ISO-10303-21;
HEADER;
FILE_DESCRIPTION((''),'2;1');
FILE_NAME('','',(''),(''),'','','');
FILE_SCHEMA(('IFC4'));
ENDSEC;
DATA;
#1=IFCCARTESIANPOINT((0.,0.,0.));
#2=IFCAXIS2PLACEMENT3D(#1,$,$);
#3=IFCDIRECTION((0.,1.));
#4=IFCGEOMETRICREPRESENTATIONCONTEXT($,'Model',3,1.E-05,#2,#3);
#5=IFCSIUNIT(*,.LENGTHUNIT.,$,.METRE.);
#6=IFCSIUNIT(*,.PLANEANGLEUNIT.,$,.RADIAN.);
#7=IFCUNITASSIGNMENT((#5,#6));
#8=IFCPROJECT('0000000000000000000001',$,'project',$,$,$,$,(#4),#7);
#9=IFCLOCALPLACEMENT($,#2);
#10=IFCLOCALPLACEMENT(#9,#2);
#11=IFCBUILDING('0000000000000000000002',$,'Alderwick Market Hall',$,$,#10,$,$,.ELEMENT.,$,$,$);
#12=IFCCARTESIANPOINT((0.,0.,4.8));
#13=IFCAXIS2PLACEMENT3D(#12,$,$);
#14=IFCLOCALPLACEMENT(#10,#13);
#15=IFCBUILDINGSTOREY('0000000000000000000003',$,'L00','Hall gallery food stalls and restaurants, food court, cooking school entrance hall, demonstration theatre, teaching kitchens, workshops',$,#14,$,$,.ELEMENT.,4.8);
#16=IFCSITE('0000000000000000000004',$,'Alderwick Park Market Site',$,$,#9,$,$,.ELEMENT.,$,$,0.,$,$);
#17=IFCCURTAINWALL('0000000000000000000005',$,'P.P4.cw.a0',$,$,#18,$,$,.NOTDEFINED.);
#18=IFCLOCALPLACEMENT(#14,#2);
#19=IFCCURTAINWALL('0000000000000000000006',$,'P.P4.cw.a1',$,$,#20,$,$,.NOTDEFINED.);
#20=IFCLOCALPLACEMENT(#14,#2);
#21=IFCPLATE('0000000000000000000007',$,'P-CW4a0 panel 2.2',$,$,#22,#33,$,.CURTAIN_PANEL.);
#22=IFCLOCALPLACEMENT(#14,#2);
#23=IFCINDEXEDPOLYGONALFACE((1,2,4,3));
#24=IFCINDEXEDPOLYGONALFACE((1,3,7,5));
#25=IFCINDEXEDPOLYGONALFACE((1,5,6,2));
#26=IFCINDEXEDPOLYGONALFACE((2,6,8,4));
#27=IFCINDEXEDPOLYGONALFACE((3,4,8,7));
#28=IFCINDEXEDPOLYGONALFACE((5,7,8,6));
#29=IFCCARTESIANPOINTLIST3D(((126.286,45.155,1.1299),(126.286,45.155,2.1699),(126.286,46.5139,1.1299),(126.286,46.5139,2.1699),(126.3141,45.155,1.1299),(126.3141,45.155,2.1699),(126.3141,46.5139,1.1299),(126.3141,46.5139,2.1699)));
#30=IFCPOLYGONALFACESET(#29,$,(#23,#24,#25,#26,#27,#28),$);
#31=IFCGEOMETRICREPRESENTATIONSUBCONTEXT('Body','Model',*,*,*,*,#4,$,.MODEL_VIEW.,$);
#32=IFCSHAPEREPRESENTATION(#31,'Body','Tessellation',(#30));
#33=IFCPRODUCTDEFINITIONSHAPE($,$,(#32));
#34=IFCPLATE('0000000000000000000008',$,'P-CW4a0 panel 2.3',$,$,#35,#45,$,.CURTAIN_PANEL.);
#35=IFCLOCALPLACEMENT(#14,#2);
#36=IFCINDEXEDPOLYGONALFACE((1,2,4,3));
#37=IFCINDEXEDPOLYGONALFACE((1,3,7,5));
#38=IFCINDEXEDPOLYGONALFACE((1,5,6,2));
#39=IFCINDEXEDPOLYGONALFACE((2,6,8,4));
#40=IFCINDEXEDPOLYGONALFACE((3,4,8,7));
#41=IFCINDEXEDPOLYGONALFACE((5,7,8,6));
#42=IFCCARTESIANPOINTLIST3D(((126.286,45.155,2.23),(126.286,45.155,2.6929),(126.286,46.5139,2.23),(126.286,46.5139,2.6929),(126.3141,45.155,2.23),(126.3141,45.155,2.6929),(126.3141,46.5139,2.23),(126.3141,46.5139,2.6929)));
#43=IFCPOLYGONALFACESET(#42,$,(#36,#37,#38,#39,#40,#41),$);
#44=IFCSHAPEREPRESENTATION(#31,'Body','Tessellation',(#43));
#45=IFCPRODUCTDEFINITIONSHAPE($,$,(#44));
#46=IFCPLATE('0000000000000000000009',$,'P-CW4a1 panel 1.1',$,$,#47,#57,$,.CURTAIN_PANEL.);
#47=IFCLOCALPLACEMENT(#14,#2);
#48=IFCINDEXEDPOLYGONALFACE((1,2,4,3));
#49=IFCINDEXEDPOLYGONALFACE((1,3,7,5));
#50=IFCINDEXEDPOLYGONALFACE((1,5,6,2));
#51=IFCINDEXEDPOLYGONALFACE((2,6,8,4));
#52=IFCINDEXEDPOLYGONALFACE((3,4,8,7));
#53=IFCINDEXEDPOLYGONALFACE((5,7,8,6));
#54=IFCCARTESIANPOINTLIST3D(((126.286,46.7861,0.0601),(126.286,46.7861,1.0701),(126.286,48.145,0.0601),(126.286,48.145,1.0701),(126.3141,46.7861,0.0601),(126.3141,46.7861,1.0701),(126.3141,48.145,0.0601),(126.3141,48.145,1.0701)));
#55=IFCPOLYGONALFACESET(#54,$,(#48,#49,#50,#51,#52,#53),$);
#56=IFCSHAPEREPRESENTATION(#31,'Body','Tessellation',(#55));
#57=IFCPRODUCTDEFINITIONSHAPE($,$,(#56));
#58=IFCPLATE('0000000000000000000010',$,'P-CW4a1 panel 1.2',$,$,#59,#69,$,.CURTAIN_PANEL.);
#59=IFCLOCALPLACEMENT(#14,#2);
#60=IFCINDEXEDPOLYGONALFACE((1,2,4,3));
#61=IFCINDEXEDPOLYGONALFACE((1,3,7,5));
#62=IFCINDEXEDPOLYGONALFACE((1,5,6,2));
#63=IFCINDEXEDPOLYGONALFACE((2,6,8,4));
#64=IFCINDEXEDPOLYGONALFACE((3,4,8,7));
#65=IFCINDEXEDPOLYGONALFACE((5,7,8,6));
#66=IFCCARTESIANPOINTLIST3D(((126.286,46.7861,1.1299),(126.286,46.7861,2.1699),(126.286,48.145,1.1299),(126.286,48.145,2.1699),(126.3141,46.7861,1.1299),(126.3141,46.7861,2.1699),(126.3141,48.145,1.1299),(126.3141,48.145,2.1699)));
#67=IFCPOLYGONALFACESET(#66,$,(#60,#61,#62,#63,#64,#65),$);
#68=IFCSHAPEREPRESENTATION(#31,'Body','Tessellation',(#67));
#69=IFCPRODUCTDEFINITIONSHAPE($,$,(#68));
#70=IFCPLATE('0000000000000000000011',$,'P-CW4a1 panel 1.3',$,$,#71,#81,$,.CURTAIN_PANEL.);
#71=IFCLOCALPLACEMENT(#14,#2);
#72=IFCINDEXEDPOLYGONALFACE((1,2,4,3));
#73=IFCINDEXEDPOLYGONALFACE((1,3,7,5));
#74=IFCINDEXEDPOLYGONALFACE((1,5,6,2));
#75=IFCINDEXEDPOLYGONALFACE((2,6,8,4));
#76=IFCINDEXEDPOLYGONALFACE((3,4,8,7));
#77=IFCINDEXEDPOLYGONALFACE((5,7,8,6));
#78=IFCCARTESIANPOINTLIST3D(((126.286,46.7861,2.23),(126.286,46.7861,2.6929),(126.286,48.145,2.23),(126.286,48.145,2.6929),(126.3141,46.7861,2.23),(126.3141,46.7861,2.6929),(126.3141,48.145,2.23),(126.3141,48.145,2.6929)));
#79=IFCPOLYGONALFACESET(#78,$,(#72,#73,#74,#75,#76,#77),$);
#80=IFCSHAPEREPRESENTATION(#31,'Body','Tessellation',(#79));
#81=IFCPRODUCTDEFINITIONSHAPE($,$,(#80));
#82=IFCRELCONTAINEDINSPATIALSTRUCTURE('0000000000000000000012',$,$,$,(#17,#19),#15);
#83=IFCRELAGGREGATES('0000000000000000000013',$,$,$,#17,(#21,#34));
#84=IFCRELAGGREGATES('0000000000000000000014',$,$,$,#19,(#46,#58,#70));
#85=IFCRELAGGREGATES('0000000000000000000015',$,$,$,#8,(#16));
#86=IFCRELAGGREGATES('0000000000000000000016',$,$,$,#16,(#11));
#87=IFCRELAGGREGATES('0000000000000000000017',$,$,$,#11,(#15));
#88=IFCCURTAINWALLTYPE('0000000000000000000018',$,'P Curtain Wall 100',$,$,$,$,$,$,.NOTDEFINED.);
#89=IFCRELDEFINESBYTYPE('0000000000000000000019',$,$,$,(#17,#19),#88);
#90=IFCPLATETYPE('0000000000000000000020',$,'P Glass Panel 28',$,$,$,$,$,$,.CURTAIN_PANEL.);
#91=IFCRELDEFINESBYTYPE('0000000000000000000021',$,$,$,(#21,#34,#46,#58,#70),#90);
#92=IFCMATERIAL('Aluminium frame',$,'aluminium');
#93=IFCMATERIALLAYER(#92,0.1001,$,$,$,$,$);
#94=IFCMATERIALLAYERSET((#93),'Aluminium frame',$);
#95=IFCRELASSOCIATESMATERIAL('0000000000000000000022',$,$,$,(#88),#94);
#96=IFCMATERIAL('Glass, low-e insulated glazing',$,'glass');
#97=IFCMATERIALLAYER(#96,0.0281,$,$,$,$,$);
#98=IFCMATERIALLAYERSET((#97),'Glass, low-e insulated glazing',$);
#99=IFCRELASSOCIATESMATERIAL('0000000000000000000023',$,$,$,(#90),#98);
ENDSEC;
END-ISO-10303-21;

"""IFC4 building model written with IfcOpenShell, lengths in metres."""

from ifc_helpers import new_model, si_unit, direction, frame, origin, origin_2d, place, context, subcontext, project, spatial, rectangle, extrude, material, layer, layer_set, type_object, element, aggregate, save


model = new_model("IFC4")

# Units and contexts
model_context = context("Model", 3, precision=1e-05, world=origin(), true_north=direction((0.0, 1.0)))
body_context = subcontext(model_context, "Body", "Model", "MODEL_VIEW")
ifc_project = project(units=[si_unit("LENGTHUNIT", "METRE"), si_unit("PLANEANGLEUNIT", "RADIAN")], contexts=[model_context])

# Site, building, storey
site_placement = place(None, origin())
site = spatial("IfcSite", under=ifc_project, at=site_placement, Name="Alderwick Park Market Site", CompositionType="ELEMENT", RefElevation=0.0)
building_placement = place(site_placement, origin())
building = spatial("IfcBuilding", under=site, at=building_placement, Name="Alderwick Market Hall", CompositionType="ELEMENT")
storey_placement = place(building_placement, frame((0.0, 0.0, 4.8)))
storey = spatial("IfcBuildingStorey", under=building, at=storey_placement, Name="L00", Description="Hall gallery food stalls and restaurants, food court, cooking school entrance hall, demonstration theatre, teaching kitchens, workshops", CompositionType="ELEMENT", Elevation=4.8)

# Curtain wall
ifc_material_1 = material(Name="Aluminium frame", Category="aluminium")
ifc_layer_1 = layer(ifc_material_1, 0.1001)
ifc_layer_set_1 = layer_set([ifc_layer_1], Name="Aluminium frame")
curtain_wall_type = type_object("IfcCurtainWallType", Name="P Curtain Wall 100", PredefinedType="NOTDEFINED", material=ifc_layer_set_1)
curtain_wall_1_placement = place(storey_placement, origin())
curtain_wall_1 = element("IfcCurtainWall", 1, at=curtain_wall_1_placement, inside=storey, type_object=curtain_wall_type, Name="P.P4.cw.a0", PredefinedType="NOTDEFINED")

# Curtain wall
curtain_wall_2_placement = place(storey_placement, origin())
curtain_wall_2 = element("IfcCurtainWall", 2, at=curtain_wall_2_placement, inside=storey, type_object=curtain_wall_type, Name="P.P4.cw.a1", PredefinedType="NOTDEFINED")

# Plates
ifc_material_2 = material(Name="Glass, low-e insulated glazing", Category="glass")
ifc_layer_2 = layer(ifc_material_2, 0.0281)
ifc_layer_set_2 = layer_set([ifc_layer_2], Name="Glass, low-e insulated glazing")
plate_type = type_object("IfcPlateType", Name="P Glass Panel 28", PredefinedType="CURTAIN_PANEL", material=ifc_layer_set_2)
plate_1_placement = place(storey_placement, frame((126.3, 45.8345, 1.1299), z_axis=(0.0, 0.0, 1.0), x_axis=(0.0, 1.0, 0.0)))
plate_1 = element("IfcPlate", 3, at=plate_1_placement, type_object=plate_type, Name="P-CW4a0 panel 2.2", PredefinedType="CURTAIN_PANEL", context=body_context, shape_type="SweptSolid", body=[
    extrude(rectangle(XDim=1.3589, YDim=0.0281, at=origin_2d()), origin(), (0.0, 0.0, 1.0), 1.04),
])
plate_2_placement = place(storey_placement, frame((126.3, 45.8345, 2.23), z_axis=(0.0, 0.0, 1.0), x_axis=(0.0, 1.0, 0.0)))
plate_2 = element("IfcPlate", 4, at=plate_2_placement, type_object=plate_type, Name="P-CW4a0 panel 2.3", PredefinedType="CURTAIN_PANEL", context=body_context, shape_type="SweptSolid", body=[
    extrude(rectangle(XDim=1.3589, YDim=0.0281, at=origin_2d()), origin(), (0.0, 0.0, 1.0), 0.4629),
])
aggregate(curtain_wall_1, [plate_1, plate_2])
plate_3_placement = place(storey_placement, frame((126.3, 47.4656, 0.0601), z_axis=(0.0, 0.0, 1.0), x_axis=(0.0, 1.0, 0.0)))
plate_3 = element("IfcPlate", 5, at=plate_3_placement, type_object=plate_type, Name="P-CW4a1 panel 1.1", PredefinedType="CURTAIN_PANEL", context=body_context, shape_type="SweptSolid", body=[
    extrude(rectangle(XDim=1.3589, YDim=0.0281, at=origin_2d()), origin(), (0.0, 0.0, 1.0), 1.01),
])
plate_4_placement = place(storey_placement, frame((126.3, 47.4656, 1.1299), z_axis=(0.0, 0.0, 1.0), x_axis=(0.0, 1.0, 0.0)))
plate_4 = element("IfcPlate", 6, at=plate_4_placement, type_object=plate_type, Name="P-CW4a1 panel 1.2", PredefinedType="CURTAIN_PANEL", context=body_context, shape_type="SweptSolid", body=[
    extrude(rectangle(XDim=1.3589, YDim=0.0281, at=origin_2d()), origin(), (0.0, 0.0, 1.0), 1.04),
])
plate_5_placement = place(storey_placement, frame((126.3, 47.4656, 2.23), z_axis=(0.0, 0.0, 1.0), x_axis=(0.0, 1.0, 0.0)))
plate_5 = element("IfcPlate", 7, at=plate_5_placement, type_object=plate_type, Name="P-CW4a1 panel 1.3", PredefinedType="CURTAIN_PANEL", context=body_context, shape_type="SweptSolid", body=[
    extrude(rectangle(XDim=1.3589, YDim=0.0281, at=origin_2d()), origin(), (0.0, 0.0, 1.0), 0.4629),
])
aggregate(curtain_wall_2, [plate_3, plate_4, plate_5])

save(model, "model.ifc")
